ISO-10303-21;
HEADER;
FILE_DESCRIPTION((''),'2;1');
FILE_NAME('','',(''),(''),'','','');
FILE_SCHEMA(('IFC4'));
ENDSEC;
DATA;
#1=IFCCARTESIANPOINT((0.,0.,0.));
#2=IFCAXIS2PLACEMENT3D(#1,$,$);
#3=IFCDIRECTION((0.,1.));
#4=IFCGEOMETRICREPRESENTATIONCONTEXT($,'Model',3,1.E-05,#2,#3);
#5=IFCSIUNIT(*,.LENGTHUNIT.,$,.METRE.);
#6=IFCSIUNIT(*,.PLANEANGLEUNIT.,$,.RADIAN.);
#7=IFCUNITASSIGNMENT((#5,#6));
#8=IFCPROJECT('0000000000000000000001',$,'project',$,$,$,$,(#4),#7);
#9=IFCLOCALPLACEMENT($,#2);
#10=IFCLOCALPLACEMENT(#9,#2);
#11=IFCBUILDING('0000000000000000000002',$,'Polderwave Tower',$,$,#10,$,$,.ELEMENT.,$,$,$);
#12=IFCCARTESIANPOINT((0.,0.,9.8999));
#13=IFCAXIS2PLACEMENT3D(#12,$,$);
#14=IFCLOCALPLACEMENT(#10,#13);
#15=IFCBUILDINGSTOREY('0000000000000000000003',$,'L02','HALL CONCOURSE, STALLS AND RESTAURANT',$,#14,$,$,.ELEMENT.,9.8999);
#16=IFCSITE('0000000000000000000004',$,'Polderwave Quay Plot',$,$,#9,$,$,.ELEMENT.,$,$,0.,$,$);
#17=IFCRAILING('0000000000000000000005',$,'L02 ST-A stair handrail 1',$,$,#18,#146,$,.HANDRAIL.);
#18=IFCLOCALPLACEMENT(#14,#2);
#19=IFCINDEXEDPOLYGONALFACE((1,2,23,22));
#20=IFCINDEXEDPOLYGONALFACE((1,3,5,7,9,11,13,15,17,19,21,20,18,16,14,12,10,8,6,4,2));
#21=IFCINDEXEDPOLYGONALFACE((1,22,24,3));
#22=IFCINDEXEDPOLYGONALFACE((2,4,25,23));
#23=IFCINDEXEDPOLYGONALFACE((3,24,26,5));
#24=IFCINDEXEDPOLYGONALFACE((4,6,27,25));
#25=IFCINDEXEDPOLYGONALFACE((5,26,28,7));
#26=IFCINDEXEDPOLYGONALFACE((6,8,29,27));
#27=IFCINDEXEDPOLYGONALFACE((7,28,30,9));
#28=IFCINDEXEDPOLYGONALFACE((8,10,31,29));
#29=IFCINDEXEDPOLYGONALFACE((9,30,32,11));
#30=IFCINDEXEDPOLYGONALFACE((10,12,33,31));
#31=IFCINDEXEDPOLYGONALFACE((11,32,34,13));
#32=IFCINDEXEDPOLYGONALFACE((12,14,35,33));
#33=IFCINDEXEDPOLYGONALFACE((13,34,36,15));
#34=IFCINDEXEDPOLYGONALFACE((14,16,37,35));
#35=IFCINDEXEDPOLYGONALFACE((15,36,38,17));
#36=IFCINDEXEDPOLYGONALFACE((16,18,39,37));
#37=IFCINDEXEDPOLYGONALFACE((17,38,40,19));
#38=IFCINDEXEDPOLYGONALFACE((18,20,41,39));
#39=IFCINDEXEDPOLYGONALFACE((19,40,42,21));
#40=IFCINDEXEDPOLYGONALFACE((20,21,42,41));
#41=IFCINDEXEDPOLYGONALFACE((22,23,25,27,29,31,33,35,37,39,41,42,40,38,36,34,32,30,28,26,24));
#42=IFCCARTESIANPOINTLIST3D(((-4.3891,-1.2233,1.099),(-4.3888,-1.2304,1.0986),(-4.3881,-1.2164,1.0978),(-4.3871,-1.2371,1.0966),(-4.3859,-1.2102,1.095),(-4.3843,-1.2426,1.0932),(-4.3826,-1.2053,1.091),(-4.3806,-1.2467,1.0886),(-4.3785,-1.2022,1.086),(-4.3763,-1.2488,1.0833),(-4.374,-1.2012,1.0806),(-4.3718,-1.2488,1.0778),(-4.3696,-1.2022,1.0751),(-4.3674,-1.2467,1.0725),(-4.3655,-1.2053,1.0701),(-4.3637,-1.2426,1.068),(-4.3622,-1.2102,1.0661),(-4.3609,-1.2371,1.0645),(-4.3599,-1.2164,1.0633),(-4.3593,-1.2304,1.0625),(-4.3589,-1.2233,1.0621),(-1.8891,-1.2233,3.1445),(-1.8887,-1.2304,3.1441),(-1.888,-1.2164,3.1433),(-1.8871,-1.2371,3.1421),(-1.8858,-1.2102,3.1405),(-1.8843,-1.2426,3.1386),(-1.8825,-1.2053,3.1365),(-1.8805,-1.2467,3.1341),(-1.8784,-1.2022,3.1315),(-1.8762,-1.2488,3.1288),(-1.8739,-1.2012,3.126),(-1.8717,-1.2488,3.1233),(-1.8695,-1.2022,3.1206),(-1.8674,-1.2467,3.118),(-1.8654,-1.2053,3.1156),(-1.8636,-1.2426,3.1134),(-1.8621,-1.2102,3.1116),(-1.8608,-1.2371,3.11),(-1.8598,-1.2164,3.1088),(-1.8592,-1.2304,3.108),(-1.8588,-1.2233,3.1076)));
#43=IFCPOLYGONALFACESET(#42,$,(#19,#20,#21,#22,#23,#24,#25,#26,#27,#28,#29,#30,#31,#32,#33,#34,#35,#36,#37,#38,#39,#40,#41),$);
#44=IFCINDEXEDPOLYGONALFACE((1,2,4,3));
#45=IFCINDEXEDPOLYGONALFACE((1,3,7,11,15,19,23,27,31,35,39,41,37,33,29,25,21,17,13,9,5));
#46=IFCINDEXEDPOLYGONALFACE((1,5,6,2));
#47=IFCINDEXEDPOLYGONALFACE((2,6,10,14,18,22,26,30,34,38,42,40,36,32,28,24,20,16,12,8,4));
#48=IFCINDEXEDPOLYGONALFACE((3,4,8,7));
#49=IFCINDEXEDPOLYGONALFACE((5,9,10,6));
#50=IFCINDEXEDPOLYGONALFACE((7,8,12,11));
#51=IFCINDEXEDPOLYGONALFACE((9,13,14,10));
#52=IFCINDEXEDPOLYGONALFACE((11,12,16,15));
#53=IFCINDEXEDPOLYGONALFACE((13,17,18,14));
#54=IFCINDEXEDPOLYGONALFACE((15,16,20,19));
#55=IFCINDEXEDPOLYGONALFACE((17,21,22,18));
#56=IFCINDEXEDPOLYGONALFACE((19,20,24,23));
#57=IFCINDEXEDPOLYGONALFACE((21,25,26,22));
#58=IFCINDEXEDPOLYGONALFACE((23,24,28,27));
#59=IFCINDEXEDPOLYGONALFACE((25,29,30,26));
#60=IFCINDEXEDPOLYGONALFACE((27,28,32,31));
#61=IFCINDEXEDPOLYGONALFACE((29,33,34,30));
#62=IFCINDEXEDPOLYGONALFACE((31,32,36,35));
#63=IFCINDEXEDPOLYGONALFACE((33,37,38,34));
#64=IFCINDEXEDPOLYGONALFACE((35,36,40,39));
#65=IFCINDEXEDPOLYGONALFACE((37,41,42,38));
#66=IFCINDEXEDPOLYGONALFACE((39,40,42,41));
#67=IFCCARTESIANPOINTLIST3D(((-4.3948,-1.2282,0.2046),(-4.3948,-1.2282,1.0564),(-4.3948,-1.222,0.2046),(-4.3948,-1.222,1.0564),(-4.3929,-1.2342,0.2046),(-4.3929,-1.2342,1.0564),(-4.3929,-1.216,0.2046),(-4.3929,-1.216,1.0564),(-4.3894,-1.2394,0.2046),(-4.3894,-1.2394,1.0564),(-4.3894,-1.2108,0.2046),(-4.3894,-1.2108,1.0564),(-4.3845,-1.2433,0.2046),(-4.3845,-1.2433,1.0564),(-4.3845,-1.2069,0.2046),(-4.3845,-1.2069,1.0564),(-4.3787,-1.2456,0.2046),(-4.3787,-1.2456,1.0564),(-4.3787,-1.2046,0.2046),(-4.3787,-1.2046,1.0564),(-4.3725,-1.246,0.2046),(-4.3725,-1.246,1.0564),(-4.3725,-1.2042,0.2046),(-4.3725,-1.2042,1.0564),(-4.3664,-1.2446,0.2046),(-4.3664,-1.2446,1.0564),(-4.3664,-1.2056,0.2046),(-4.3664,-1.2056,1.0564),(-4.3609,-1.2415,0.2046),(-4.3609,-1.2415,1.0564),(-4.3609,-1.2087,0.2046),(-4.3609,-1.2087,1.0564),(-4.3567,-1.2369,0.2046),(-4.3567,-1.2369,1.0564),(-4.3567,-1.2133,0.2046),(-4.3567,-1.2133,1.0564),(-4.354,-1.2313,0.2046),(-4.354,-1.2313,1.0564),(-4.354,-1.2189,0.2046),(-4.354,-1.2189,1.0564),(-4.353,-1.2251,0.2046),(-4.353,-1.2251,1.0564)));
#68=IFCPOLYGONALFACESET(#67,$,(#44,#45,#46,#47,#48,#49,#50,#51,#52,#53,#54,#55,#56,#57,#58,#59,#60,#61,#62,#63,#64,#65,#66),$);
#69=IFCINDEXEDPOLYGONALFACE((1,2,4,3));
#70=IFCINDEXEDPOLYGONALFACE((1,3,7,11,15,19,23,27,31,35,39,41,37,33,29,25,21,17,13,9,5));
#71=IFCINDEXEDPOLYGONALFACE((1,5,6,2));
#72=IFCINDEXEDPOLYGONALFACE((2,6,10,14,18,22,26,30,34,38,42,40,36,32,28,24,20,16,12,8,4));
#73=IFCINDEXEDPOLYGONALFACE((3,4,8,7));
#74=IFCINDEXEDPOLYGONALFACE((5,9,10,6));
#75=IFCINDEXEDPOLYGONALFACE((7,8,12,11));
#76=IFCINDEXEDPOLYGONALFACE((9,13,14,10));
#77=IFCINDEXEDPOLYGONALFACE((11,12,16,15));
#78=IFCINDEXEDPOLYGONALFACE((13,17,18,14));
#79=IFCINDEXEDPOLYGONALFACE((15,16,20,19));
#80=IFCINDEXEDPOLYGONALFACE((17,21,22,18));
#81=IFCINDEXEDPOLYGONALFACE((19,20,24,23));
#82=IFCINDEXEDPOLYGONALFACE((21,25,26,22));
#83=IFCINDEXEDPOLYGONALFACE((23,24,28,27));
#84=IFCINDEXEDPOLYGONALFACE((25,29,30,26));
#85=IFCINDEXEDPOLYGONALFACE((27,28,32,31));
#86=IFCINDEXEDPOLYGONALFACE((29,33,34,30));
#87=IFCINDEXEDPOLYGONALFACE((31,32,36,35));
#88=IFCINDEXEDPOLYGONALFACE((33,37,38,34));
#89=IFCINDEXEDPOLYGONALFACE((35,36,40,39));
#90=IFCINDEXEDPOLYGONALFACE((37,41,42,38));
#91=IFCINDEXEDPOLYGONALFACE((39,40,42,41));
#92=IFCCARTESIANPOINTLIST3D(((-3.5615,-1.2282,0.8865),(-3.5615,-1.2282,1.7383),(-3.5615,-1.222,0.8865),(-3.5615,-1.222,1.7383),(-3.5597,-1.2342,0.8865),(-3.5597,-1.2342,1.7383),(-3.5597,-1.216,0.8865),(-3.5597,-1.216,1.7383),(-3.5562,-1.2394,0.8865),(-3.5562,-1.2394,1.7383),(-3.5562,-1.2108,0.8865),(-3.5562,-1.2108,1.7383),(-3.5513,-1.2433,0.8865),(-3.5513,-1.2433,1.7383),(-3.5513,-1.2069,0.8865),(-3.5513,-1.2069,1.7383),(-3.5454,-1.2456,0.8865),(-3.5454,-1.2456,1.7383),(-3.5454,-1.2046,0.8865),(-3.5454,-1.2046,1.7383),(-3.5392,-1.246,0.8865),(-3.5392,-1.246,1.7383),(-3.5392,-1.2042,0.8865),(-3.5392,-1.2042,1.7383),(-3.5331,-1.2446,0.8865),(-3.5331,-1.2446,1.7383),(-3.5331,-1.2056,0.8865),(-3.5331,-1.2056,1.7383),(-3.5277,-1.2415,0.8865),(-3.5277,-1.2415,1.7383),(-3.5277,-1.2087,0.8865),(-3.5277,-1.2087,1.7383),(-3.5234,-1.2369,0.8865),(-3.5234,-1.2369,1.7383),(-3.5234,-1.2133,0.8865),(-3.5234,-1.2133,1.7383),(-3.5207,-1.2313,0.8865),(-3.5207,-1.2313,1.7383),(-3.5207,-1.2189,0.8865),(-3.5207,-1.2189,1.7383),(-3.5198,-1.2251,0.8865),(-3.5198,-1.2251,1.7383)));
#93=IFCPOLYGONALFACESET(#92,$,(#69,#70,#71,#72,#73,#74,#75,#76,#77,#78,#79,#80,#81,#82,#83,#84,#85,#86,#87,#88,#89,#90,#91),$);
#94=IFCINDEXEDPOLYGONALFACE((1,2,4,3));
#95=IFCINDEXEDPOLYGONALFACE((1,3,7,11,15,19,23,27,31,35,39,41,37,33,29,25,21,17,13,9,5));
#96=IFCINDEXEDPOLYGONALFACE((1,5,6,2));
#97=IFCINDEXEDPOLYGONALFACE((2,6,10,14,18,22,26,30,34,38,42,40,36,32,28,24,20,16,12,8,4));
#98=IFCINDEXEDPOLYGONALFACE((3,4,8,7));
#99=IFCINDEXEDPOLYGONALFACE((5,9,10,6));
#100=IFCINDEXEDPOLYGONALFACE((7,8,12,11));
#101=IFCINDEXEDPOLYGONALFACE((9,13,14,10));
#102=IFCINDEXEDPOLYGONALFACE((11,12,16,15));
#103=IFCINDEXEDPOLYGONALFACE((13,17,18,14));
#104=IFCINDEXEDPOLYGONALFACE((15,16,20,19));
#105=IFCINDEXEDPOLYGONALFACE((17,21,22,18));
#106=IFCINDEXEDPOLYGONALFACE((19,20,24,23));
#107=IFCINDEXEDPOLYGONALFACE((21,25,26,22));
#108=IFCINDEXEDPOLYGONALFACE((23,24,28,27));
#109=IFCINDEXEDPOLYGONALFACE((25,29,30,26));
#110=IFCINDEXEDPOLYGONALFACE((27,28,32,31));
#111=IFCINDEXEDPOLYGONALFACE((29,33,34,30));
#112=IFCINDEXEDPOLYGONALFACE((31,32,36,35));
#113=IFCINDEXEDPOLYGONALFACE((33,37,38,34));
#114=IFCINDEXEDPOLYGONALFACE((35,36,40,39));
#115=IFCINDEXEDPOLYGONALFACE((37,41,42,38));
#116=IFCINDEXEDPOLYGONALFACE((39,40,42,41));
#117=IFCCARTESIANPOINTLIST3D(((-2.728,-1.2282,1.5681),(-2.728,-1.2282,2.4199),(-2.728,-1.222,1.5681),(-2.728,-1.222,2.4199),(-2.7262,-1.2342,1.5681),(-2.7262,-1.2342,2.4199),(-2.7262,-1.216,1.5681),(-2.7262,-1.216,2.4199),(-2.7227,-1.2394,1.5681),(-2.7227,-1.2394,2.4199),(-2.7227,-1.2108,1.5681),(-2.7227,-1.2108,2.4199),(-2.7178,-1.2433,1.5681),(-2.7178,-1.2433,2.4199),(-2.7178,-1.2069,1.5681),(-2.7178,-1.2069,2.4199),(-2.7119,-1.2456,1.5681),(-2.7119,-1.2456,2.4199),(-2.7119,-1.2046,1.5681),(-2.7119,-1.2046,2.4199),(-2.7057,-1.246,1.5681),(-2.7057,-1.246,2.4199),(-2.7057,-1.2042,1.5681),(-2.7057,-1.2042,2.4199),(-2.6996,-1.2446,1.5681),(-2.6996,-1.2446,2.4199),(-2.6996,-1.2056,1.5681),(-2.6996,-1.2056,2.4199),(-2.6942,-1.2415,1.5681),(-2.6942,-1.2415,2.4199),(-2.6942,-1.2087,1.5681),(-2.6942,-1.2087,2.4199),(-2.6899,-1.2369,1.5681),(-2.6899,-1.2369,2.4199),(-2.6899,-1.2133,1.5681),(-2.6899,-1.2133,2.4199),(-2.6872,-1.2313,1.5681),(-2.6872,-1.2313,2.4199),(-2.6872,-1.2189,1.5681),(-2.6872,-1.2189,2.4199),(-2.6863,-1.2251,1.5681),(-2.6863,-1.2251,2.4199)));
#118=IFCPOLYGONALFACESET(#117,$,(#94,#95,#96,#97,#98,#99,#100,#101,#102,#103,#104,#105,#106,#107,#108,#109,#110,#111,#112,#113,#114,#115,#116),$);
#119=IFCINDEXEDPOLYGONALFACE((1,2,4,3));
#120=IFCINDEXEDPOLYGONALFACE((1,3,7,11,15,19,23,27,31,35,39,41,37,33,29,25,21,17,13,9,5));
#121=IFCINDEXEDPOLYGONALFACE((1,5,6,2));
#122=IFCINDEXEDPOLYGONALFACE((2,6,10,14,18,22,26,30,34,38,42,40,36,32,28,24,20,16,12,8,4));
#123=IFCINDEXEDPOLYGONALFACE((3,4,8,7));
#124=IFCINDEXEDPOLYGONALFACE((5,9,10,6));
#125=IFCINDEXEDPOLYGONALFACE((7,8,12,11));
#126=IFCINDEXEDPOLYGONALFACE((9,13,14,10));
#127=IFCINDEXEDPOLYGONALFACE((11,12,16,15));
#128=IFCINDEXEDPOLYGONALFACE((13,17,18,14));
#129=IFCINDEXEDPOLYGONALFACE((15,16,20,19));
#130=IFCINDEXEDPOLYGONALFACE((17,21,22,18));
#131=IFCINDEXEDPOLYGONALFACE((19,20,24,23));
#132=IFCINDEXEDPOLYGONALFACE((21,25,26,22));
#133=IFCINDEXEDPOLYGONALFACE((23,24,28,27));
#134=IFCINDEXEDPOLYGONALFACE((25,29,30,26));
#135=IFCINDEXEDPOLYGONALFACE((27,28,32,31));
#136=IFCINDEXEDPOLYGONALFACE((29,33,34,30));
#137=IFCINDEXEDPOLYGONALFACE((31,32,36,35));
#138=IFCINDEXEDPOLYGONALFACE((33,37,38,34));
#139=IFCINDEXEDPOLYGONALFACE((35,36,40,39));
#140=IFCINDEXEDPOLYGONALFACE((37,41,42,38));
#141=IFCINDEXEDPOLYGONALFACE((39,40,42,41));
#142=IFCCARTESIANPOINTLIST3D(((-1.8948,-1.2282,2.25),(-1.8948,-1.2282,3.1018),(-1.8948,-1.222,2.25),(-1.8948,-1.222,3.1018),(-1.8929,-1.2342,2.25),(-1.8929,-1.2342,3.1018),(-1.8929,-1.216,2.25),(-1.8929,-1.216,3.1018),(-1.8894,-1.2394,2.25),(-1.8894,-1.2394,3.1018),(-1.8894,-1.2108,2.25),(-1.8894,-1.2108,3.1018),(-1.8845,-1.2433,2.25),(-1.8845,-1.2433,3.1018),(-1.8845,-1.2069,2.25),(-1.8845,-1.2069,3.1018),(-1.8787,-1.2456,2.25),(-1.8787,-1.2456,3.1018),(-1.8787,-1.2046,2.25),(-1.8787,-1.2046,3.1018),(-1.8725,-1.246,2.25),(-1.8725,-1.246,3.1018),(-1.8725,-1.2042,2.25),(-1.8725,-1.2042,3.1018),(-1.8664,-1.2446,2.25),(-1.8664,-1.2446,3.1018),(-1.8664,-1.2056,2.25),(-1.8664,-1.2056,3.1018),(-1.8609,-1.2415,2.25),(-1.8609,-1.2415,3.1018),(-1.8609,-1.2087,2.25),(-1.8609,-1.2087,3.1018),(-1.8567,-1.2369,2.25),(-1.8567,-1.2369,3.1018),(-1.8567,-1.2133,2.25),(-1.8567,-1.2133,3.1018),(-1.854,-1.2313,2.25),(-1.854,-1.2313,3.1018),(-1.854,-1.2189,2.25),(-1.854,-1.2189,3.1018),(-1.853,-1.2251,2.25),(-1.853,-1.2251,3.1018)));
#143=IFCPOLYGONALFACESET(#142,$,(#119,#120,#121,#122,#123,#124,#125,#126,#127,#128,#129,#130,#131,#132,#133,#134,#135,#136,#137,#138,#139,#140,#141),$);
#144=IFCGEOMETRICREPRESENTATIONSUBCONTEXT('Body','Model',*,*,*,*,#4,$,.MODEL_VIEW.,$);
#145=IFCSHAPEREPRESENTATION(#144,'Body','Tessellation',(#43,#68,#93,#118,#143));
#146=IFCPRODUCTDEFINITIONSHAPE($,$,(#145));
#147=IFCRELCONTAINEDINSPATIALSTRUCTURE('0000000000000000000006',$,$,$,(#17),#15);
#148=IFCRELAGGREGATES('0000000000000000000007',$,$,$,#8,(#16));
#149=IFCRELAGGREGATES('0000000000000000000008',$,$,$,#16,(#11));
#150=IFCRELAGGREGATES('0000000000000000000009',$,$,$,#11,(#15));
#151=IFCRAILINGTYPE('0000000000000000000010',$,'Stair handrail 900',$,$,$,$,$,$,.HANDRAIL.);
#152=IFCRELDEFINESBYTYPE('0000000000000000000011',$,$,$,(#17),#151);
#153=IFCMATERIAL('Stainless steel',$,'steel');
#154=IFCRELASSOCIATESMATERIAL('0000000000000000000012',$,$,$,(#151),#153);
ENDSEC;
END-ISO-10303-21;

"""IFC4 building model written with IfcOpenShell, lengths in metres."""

from ifc_helpers import new_model, si_unit, direction, frame, origin, origin_2d, place, context, subcontext, project, spatial, circle, extrude, material, type_object, element, save


model = new_model("IFC4")

# Units and contexts
model_context = context("Model", 3, precision=1e-05, world=origin(), true_north=direction((0.0, 1.0)))
body_context = subcontext(model_context, "Body", "Model", "MODEL_VIEW")
ifc_project = project(units=[si_unit("LENGTHUNIT", "METRE"), si_unit("PLANEANGLEUNIT", "RADIAN")], contexts=[model_context])

# Site, building, storey
site_placement = place(None, origin())
site = spatial("IfcSite", under=ifc_project, at=site_placement, Name="Polderwave Quay Plot", CompositionType="ELEMENT", RefElevation=0.0)
building_placement = place(site_placement, origin())
building = spatial("IfcBuilding", under=site, at=building_placement, Name="Polderwave Tower", CompositionType="ELEMENT")
storey_placement = place(building_placement, frame((0.0, 0.0, 9.8999)))
storey = spatial("IfcBuildingStorey", under=building, at=storey_placement, Name="L02", Description="HALL CONCOURSE, STALLS AND RESTAURANT", CompositionType="ELEMENT", Elevation=9.8999)

# Shared definitions
ifc_material_1 = material(Name="Stainless steel", Category="steel")

# Railing
railing_type_1 = type_object("IfcRailingType", Name="Stair handrail 900", PredefinedType="HANDRAIL", material=ifc_material_1)
railing_1_placement = place(storey_placement, frame((-4.374, -1.2251, 0.2046)))
element("IfcRailing", 1, at=railing_1_placement, inside=storey, type_object=railing_type_1, Name="L02 ST-A stair handrail 1", PredefinedType="HANDRAIL", context=body_context, shape_type="SweptSolid", body=[
    extrude(circle(Radius=0.0239, at=origin_2d()), frame((0.0, 0.0, 0.876), z_axis=(0.773964, 0.0, 0.63323), x_axis=(0.0, 1.0, 0.0)), (0.0, 0.0, 1.0), 3.2302),
    extrude(circle(Radius=0.021, at=origin_2d()), origin(), (0.0, 0.0, 1.0), 0.8518),
    extrude(circle(Radius=0.021, at=origin_2d()), frame((0.8333, 0.0, 0.6819)), (0.0, 0.0, 1.0), 0.8518),
    extrude(circle(Radius=0.021, at=origin_2d()), frame((1.6667, 0.0, 1.3635)), (0.0, 0.0, 1.0), 0.8518),
    extrude(circle(Radius=0.021, at=origin_2d()), frame((2.5, 0.0, 2.0454)), (0.0, 0.0, 1.0), 0.8518),
])

save(model, "model.ifc")
